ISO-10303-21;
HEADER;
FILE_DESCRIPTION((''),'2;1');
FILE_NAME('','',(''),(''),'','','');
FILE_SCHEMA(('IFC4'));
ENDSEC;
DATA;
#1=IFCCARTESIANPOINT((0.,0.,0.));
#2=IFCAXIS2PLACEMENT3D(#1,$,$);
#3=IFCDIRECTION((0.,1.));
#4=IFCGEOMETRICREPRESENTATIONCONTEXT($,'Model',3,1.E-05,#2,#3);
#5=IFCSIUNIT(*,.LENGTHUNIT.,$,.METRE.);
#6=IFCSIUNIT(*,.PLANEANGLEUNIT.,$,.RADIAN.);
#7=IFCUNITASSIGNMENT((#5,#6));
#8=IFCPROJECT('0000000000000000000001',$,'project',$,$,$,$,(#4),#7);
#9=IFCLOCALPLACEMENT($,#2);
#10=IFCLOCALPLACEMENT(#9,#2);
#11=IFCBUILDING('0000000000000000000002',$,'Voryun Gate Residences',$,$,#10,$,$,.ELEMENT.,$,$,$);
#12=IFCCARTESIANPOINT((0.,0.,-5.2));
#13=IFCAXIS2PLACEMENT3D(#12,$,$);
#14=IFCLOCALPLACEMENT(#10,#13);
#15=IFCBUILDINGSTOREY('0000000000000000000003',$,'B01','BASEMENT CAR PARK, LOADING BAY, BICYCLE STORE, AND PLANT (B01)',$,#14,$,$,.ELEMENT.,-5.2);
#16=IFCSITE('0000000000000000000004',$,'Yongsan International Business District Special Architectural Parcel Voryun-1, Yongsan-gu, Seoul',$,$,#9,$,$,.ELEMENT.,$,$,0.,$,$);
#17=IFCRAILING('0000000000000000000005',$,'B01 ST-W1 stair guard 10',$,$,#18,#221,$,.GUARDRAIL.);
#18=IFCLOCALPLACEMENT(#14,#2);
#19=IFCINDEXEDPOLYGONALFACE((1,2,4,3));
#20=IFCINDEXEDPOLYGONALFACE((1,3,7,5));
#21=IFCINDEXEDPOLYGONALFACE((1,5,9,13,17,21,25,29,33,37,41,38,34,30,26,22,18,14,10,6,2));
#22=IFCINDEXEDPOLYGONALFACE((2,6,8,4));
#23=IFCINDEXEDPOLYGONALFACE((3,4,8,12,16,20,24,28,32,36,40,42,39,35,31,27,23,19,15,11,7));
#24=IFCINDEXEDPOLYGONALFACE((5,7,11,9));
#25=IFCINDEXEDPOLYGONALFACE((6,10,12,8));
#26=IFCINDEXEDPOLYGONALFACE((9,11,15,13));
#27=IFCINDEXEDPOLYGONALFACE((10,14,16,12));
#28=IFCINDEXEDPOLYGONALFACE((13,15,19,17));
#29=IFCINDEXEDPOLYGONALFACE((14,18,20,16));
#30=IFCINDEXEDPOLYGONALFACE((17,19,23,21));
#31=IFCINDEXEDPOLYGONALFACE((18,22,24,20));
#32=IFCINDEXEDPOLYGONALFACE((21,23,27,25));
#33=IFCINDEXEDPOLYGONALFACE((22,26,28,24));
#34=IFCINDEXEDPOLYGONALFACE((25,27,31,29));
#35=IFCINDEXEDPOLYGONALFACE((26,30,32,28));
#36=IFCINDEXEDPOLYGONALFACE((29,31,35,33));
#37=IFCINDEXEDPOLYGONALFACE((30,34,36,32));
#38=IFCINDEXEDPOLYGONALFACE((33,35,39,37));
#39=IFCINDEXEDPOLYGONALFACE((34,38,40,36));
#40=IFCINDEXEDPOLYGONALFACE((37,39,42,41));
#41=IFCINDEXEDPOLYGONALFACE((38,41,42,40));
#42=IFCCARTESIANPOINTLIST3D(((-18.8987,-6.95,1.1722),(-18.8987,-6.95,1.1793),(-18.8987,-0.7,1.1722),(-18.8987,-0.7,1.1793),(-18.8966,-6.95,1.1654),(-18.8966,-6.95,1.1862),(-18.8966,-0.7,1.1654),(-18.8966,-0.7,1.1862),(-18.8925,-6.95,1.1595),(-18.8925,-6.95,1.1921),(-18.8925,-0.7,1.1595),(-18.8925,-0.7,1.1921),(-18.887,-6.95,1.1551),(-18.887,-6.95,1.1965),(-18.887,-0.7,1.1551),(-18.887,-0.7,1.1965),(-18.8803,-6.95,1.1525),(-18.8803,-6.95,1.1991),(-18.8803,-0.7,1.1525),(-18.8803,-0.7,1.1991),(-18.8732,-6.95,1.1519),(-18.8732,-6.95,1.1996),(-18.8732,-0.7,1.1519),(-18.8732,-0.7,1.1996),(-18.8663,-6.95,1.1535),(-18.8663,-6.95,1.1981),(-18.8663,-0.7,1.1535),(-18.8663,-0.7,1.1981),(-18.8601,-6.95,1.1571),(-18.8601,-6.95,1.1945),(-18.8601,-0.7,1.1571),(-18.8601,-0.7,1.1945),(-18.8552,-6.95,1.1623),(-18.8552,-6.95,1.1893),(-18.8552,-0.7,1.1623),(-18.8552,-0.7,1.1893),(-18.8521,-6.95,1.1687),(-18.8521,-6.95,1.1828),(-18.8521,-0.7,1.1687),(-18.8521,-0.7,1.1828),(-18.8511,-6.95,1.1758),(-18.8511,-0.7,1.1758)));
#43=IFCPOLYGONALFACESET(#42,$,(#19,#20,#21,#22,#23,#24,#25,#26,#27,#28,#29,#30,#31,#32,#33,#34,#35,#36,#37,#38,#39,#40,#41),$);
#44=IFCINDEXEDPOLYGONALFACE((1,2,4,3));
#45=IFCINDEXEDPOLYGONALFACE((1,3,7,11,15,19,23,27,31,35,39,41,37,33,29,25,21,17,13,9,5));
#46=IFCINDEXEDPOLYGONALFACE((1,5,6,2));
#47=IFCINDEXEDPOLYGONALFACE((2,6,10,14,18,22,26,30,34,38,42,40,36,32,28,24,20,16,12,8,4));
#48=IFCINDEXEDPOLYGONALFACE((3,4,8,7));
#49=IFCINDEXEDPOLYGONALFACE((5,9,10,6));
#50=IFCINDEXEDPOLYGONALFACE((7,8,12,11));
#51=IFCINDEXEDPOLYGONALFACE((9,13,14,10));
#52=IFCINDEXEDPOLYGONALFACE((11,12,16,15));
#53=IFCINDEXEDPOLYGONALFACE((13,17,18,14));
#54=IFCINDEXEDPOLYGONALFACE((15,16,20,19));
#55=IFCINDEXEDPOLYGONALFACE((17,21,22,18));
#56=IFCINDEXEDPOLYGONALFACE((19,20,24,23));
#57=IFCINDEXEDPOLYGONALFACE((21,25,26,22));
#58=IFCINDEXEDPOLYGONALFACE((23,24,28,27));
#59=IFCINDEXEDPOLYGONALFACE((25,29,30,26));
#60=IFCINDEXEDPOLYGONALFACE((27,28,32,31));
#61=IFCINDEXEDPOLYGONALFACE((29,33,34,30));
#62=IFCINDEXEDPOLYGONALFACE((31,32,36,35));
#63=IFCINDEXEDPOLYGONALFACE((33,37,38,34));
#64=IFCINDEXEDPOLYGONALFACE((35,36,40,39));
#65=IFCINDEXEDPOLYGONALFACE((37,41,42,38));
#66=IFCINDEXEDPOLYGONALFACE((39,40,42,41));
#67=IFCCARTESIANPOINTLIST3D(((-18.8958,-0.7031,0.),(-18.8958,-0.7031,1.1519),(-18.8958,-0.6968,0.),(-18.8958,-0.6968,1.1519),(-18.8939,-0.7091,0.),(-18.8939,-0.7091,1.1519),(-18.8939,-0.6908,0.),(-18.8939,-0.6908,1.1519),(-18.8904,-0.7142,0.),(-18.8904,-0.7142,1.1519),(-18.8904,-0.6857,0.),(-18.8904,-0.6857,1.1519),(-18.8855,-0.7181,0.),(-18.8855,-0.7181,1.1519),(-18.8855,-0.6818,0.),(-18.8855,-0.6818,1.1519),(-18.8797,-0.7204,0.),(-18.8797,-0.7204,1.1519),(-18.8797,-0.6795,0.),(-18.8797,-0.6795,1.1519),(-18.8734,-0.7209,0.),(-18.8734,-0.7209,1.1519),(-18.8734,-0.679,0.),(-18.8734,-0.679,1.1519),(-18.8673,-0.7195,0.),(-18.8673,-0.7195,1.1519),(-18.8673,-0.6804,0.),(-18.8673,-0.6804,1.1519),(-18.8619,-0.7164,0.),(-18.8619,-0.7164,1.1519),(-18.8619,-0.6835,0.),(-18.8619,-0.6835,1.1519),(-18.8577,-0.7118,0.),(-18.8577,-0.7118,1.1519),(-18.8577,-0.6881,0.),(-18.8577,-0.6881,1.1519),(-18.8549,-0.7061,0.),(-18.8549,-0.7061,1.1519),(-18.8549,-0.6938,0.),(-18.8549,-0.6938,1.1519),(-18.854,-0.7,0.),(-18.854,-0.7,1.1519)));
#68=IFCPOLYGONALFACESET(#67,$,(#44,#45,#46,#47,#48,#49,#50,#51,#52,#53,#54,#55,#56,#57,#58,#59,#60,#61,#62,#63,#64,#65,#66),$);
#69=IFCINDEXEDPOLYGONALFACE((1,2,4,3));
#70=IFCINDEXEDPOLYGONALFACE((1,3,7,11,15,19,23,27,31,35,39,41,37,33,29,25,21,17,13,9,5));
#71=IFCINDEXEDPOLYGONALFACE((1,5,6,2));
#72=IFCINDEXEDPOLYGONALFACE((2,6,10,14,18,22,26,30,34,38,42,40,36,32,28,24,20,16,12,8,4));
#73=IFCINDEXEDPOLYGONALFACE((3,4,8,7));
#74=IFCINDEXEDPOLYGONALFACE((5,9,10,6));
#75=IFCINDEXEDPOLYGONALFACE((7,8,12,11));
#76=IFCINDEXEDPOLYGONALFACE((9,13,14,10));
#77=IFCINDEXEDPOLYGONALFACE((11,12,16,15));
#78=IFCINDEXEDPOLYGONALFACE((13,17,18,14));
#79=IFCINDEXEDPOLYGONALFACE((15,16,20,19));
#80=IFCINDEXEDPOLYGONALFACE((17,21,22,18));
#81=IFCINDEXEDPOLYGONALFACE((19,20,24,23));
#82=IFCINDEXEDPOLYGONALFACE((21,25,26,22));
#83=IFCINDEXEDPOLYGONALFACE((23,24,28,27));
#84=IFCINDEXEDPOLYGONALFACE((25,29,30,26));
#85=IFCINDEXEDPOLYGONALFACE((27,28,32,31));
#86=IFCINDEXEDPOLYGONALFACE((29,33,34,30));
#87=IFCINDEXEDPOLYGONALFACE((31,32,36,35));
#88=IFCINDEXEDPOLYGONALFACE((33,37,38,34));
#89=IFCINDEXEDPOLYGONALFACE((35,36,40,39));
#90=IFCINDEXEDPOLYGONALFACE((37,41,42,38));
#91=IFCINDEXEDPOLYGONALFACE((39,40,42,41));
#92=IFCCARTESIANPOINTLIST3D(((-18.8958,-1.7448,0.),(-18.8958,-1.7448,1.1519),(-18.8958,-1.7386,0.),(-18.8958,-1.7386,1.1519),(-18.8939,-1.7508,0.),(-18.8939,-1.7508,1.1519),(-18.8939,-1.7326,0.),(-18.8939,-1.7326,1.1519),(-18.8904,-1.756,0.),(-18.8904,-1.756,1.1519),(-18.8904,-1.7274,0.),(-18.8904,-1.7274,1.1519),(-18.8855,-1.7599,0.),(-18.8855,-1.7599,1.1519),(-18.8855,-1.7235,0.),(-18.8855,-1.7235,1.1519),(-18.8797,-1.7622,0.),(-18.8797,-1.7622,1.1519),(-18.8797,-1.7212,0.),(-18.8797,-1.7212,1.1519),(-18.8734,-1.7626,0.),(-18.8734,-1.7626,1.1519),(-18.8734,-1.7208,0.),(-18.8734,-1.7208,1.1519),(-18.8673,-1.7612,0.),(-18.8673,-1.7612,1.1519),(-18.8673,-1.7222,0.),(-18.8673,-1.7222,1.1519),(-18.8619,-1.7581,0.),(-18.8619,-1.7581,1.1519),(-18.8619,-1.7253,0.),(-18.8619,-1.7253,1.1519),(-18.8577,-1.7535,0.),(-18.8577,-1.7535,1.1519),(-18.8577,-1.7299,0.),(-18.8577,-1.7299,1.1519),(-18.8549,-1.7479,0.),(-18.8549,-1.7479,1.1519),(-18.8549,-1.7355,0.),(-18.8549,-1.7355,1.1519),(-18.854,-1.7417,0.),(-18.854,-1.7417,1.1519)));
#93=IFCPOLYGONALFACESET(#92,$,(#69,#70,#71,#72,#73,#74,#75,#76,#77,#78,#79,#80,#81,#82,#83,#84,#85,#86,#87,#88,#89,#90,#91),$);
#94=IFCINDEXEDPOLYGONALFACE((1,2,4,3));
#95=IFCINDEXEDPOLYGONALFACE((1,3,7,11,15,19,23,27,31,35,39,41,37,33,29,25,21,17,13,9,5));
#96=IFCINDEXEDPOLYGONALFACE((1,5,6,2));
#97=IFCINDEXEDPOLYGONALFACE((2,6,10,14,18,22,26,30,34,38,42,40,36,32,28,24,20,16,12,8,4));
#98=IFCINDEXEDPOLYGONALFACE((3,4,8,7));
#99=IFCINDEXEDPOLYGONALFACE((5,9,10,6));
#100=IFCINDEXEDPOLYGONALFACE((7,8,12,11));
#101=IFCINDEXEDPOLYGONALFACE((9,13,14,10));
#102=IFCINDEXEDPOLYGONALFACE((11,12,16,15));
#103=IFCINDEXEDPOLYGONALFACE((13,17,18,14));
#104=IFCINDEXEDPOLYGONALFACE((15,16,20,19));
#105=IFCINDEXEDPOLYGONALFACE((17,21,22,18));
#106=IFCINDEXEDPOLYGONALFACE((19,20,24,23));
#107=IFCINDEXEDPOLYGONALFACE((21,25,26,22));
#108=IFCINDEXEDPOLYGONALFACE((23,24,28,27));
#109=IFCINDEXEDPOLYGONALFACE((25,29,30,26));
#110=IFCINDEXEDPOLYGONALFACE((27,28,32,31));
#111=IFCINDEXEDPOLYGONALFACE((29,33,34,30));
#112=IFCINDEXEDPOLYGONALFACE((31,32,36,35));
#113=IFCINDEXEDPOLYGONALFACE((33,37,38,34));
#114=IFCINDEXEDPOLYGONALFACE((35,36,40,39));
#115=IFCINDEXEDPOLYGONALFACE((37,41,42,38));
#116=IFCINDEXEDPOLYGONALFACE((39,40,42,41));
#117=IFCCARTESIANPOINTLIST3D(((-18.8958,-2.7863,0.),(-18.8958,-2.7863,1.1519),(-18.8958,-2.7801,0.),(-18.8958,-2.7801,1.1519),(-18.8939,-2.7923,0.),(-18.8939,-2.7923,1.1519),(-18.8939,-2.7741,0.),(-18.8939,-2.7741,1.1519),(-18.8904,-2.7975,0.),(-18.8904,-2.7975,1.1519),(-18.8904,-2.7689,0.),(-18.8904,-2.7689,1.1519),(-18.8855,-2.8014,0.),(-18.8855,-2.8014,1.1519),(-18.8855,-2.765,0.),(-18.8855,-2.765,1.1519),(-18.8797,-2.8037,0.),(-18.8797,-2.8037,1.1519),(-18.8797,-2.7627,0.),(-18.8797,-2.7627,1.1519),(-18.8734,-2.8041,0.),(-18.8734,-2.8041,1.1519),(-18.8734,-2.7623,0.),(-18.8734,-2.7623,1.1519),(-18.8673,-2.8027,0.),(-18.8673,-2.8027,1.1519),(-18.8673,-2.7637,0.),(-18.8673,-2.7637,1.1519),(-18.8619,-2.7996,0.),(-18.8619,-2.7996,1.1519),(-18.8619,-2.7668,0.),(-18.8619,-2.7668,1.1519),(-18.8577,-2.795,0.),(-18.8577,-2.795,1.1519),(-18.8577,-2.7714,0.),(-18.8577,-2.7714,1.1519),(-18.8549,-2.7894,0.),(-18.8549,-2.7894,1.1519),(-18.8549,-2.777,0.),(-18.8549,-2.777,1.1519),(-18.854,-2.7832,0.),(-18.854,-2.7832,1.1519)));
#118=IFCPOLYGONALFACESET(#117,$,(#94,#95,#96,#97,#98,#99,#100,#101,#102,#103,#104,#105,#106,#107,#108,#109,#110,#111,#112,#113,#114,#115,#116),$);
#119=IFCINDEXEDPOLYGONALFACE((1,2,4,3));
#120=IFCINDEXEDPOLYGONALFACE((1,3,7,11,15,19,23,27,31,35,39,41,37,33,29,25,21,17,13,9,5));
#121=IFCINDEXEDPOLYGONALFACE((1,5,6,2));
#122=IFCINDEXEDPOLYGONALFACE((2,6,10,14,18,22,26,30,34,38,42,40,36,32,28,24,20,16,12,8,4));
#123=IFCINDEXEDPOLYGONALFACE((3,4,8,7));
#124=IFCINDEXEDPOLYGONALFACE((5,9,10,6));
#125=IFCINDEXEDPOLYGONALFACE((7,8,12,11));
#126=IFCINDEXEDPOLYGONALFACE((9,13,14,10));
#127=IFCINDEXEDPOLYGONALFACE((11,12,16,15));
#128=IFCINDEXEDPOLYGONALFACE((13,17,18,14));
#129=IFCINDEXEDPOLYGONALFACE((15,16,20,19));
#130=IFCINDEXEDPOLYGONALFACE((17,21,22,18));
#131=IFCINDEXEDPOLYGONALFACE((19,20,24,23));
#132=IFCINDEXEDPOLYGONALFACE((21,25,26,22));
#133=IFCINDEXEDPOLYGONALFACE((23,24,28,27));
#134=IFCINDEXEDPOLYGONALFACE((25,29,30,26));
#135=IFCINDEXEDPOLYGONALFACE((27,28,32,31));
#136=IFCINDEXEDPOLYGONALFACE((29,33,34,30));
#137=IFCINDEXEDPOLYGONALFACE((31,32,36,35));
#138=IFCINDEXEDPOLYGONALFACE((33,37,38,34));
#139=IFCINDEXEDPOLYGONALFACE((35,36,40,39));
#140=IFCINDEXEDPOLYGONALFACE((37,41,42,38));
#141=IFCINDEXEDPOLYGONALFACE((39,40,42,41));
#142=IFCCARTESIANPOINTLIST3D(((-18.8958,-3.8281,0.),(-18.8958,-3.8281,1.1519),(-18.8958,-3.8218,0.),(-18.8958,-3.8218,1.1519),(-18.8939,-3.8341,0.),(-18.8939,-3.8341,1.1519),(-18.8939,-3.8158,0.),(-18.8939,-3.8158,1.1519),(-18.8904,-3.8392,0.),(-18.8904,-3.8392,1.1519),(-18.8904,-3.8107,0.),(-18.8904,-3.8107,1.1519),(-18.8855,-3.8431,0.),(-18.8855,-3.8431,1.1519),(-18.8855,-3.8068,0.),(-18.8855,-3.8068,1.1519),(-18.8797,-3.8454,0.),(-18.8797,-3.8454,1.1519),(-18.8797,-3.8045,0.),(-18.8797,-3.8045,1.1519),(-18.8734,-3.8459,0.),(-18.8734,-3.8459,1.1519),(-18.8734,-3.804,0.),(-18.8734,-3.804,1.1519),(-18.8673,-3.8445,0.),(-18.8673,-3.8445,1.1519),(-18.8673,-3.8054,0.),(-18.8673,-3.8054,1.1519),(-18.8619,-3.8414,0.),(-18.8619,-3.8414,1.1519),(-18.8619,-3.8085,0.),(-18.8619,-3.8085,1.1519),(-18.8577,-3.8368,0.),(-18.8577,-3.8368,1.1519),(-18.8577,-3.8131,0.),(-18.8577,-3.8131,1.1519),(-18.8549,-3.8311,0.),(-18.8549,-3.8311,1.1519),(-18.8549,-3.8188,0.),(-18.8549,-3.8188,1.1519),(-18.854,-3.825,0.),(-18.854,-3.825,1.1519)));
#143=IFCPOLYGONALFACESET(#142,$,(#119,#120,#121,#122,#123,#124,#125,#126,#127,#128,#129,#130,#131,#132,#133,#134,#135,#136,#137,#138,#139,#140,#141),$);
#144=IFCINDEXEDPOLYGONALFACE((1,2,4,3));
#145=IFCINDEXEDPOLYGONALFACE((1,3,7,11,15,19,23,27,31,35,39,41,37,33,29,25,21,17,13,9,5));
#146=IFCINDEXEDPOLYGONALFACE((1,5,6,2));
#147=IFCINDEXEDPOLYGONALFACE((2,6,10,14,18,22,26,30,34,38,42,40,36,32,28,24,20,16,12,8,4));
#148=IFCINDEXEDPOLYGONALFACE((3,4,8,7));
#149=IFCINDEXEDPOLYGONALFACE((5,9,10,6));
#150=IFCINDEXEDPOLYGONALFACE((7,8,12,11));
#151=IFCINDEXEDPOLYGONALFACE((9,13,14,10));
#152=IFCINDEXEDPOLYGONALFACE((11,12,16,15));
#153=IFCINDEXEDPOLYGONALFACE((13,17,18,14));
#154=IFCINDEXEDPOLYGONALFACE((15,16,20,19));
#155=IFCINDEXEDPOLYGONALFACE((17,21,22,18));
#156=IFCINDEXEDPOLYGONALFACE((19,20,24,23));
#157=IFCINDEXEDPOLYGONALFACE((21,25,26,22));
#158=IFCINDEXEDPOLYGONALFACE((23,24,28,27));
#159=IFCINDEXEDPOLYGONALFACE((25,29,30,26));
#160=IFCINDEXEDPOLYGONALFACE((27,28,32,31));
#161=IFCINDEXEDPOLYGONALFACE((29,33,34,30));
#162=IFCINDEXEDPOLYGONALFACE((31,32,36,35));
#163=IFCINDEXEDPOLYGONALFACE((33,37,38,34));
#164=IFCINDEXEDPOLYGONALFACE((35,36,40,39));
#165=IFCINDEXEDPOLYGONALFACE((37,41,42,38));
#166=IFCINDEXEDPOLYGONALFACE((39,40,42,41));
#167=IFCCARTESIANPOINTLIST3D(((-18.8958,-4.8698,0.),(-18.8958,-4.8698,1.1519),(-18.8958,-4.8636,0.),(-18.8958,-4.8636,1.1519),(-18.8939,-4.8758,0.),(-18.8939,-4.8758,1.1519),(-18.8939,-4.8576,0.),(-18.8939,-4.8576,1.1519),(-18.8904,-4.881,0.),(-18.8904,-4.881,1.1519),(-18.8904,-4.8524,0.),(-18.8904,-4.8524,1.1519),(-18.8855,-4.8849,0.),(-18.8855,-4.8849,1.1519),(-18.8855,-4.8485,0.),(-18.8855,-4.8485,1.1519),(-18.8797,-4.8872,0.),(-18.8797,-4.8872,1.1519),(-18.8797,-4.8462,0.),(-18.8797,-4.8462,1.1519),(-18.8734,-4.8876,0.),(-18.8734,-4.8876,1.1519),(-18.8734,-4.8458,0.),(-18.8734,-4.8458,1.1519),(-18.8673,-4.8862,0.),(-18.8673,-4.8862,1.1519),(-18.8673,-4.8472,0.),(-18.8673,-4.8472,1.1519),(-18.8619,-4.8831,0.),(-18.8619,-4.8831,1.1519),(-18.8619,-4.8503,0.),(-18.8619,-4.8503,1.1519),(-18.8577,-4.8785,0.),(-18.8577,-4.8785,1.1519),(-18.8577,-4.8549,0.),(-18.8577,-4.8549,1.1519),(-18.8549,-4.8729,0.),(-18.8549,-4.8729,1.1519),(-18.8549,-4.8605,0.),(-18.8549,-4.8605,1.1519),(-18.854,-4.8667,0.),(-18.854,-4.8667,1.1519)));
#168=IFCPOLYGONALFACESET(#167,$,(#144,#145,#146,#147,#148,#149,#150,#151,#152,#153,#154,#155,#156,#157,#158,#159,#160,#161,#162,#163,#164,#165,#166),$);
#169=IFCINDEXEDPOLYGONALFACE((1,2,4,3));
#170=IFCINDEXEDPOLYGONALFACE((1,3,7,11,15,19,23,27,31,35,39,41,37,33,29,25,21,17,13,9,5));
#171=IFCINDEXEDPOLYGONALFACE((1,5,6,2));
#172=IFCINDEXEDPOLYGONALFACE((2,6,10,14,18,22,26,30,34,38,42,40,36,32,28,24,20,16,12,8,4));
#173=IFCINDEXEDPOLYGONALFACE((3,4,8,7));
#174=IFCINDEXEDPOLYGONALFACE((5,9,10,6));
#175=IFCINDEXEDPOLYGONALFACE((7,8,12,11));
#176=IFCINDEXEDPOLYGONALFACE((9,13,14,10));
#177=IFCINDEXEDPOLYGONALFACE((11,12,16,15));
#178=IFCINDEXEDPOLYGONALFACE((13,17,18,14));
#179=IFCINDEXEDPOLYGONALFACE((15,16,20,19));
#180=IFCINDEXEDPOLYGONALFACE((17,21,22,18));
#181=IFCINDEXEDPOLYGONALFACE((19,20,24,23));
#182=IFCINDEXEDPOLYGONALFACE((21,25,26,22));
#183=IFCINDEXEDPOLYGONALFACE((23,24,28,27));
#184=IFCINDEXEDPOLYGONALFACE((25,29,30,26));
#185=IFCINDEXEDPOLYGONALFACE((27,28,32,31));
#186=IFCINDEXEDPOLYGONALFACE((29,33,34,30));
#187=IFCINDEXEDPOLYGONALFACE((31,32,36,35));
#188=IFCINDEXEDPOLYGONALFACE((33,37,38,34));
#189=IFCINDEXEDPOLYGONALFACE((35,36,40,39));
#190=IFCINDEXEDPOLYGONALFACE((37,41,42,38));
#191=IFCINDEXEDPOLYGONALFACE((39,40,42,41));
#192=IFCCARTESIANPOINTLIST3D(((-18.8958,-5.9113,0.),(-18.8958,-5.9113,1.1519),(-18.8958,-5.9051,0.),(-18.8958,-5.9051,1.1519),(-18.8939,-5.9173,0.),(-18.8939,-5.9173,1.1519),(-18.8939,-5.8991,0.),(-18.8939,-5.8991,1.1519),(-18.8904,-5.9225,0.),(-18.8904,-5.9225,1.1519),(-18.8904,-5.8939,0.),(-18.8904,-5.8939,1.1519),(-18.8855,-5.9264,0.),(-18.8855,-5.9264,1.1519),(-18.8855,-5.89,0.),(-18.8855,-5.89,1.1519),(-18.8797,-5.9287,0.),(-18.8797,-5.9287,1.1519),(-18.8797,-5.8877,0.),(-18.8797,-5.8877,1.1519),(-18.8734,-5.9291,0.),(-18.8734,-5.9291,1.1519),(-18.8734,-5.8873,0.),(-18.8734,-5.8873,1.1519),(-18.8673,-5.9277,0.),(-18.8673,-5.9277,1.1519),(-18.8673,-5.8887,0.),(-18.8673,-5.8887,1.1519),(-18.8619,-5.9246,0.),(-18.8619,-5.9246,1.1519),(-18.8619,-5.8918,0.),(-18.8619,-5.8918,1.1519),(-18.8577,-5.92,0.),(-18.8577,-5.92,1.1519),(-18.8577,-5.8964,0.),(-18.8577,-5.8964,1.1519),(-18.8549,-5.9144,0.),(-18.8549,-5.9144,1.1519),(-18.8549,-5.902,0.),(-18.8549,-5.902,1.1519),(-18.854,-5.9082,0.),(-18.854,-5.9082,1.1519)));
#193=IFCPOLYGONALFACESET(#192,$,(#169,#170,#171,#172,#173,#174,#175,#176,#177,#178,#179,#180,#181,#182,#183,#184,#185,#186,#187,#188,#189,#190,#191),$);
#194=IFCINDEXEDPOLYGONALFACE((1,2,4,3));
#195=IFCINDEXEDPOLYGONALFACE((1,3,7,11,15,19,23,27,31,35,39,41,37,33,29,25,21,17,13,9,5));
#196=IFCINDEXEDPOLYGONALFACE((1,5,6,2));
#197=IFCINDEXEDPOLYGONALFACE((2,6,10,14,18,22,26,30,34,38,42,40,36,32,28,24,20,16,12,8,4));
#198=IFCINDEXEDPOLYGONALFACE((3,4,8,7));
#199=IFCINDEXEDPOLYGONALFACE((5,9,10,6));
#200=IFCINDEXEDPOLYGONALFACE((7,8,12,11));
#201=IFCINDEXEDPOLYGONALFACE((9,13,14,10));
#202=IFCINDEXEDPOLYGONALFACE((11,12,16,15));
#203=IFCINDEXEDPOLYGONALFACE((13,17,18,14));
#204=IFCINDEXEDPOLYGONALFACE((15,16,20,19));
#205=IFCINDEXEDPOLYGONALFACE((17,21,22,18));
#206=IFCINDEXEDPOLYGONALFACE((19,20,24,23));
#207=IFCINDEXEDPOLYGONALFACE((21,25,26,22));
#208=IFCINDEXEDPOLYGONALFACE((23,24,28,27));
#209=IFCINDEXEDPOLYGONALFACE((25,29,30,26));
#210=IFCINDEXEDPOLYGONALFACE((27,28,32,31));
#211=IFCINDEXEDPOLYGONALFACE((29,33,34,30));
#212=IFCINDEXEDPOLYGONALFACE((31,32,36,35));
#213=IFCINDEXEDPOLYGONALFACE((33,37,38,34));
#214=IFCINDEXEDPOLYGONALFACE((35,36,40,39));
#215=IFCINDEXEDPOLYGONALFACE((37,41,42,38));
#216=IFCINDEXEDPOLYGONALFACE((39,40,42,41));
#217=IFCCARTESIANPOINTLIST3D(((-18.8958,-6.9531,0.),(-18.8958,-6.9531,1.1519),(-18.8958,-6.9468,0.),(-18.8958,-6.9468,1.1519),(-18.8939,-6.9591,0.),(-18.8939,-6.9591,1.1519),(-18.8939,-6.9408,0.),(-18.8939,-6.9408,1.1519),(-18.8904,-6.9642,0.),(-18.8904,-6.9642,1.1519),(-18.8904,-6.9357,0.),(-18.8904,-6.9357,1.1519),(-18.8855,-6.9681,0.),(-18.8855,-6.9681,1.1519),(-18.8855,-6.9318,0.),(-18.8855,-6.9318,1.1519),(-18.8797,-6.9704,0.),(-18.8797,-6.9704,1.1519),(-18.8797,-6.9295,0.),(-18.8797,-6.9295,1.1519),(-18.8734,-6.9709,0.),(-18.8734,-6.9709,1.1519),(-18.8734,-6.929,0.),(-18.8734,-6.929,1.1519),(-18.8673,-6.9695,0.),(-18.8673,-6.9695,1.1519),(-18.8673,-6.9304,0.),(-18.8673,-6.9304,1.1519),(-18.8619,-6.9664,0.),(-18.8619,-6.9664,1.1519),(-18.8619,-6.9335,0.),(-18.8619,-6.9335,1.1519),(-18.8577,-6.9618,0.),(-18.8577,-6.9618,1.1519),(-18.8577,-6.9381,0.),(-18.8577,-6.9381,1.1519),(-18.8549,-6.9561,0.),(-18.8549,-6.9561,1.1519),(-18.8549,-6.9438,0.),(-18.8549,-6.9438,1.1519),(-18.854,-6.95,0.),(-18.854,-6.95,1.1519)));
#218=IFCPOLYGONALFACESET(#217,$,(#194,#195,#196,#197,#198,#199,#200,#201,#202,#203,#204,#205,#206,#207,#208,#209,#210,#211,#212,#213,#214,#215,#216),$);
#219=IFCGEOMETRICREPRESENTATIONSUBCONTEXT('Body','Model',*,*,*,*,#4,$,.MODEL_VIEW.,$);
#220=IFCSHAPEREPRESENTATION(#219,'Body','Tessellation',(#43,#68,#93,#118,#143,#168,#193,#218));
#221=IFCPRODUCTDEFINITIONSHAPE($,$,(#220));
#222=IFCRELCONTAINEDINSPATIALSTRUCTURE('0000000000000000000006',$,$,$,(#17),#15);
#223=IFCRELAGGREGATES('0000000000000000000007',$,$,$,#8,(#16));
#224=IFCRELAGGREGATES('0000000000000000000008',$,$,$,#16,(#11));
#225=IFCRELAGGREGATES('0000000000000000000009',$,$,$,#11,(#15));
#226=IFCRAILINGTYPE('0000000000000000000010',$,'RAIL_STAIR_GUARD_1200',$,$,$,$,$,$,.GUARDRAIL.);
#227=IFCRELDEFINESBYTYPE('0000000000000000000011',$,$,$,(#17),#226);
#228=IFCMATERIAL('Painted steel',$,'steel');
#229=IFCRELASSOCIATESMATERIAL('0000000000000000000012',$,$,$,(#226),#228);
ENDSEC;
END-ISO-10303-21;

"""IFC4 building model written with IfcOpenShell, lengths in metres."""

from ifc_helpers import new_model, si_unit, direction, frame, origin, origin_2d, place, context, subcontext, project, spatial, circle, extrude, material, type_object, element, save


model = new_model("IFC4")

# Units and contexts
model_context = context("Model", 3, precision=1e-05, world=origin(), true_north=direction((0.0, 1.0)))
body_context = subcontext(model_context, "Body", "Model", "MODEL_VIEW")
ifc_project = project(units=[si_unit("LENGTHUNIT", "METRE"), si_unit("PLANEANGLEUNIT", "RADIAN")], contexts=[model_context])

# Site, building, storey
site_placement = place(None, origin())
site = spatial("IfcSite", under=ifc_project, at=site_placement, Name="Yongsan International Business District Special Architectural Parcel Voryun-1, Yongsan-gu, Seoul", CompositionType="ELEMENT", RefElevation=0.0)
building_placement = place(site_placement, origin())
building = spatial("IfcBuilding", under=site, at=building_placement, Name="Voryun Gate Residences", CompositionType="ELEMENT")
storey_placement = place(building_placement, frame((0.0, 0.0, -5.2)))
storey = spatial("IfcBuildingStorey", under=building, at=storey_placement, Name="B01", Description="BASEMENT CAR PARK, LOADING BAY, BICYCLE STORE, AND PLANT (B01)", CompositionType="ELEMENT", Elevation=-5.2)

# Railing
ifc_material_1 = material(Name="Painted steel", Category="steel")
railing_type = type_object("IfcRailingType", Name="RAIL_STAIR_GUARD_1200", PredefinedType="GUARDRAIL", material=ifc_material_1)
railing_1_placement = place(storey_placement, frame((-18.875, -0.7, 0.0)))
element("IfcRailing", 1, at=railing_1_placement, inside=storey, type_object=railing_type, Name="B01 ST-W1 stair guard 10", PredefinedType="GUARDRAIL", context=body_context, shape_type="SweptSolid", body=[
    extrude(circle(Radius=0.0239, at=origin_2d()), frame((0.0, 0.0, 1.1758), z_axis=(0.0, -1.0, 0.0), x_axis=(1.0, 0.0, 0.0)), (0.0, 0.0, 1.0), 6.25),
    extrude(circle(Radius=0.021, at=origin_2d()), origin(), (0.0, 0.0, 1.0), 1.1519),
    extrude(circle(Radius=0.021, at=origin_2d()), frame((0.0, -1.0417, 0.0)), (0.0, 0.0, 1.0), 1.1519),
    extrude(circle(Radius=0.021, at=origin_2d()), frame((0.0, -2.0833, 0.0)), (0.0, 0.0, 1.0), 1.1519),
    extrude(circle(Radius=0.021, at=origin_2d()), frame((0.0, -3.125, 0.0)), (0.0, 0.0, 1.0), 1.1519),
    extrude(circle(Radius=0.021, at=origin_2d()), frame((0.0, -4.1667, 0.0)), (0.0, 0.0, 1.0), 1.1519),
    extrude(circle(Radius=0.021, at=origin_2d()), frame((0.0, -5.2083, 0.0)), (0.0, 0.0, 1.0), 1.1519),
    extrude(circle(Radius=0.021, at=origin_2d()), frame((0.0, -6.25, 0.0)), (0.0, 0.0, 1.0), 1.1519),
])

save(model, "model.ifc")
